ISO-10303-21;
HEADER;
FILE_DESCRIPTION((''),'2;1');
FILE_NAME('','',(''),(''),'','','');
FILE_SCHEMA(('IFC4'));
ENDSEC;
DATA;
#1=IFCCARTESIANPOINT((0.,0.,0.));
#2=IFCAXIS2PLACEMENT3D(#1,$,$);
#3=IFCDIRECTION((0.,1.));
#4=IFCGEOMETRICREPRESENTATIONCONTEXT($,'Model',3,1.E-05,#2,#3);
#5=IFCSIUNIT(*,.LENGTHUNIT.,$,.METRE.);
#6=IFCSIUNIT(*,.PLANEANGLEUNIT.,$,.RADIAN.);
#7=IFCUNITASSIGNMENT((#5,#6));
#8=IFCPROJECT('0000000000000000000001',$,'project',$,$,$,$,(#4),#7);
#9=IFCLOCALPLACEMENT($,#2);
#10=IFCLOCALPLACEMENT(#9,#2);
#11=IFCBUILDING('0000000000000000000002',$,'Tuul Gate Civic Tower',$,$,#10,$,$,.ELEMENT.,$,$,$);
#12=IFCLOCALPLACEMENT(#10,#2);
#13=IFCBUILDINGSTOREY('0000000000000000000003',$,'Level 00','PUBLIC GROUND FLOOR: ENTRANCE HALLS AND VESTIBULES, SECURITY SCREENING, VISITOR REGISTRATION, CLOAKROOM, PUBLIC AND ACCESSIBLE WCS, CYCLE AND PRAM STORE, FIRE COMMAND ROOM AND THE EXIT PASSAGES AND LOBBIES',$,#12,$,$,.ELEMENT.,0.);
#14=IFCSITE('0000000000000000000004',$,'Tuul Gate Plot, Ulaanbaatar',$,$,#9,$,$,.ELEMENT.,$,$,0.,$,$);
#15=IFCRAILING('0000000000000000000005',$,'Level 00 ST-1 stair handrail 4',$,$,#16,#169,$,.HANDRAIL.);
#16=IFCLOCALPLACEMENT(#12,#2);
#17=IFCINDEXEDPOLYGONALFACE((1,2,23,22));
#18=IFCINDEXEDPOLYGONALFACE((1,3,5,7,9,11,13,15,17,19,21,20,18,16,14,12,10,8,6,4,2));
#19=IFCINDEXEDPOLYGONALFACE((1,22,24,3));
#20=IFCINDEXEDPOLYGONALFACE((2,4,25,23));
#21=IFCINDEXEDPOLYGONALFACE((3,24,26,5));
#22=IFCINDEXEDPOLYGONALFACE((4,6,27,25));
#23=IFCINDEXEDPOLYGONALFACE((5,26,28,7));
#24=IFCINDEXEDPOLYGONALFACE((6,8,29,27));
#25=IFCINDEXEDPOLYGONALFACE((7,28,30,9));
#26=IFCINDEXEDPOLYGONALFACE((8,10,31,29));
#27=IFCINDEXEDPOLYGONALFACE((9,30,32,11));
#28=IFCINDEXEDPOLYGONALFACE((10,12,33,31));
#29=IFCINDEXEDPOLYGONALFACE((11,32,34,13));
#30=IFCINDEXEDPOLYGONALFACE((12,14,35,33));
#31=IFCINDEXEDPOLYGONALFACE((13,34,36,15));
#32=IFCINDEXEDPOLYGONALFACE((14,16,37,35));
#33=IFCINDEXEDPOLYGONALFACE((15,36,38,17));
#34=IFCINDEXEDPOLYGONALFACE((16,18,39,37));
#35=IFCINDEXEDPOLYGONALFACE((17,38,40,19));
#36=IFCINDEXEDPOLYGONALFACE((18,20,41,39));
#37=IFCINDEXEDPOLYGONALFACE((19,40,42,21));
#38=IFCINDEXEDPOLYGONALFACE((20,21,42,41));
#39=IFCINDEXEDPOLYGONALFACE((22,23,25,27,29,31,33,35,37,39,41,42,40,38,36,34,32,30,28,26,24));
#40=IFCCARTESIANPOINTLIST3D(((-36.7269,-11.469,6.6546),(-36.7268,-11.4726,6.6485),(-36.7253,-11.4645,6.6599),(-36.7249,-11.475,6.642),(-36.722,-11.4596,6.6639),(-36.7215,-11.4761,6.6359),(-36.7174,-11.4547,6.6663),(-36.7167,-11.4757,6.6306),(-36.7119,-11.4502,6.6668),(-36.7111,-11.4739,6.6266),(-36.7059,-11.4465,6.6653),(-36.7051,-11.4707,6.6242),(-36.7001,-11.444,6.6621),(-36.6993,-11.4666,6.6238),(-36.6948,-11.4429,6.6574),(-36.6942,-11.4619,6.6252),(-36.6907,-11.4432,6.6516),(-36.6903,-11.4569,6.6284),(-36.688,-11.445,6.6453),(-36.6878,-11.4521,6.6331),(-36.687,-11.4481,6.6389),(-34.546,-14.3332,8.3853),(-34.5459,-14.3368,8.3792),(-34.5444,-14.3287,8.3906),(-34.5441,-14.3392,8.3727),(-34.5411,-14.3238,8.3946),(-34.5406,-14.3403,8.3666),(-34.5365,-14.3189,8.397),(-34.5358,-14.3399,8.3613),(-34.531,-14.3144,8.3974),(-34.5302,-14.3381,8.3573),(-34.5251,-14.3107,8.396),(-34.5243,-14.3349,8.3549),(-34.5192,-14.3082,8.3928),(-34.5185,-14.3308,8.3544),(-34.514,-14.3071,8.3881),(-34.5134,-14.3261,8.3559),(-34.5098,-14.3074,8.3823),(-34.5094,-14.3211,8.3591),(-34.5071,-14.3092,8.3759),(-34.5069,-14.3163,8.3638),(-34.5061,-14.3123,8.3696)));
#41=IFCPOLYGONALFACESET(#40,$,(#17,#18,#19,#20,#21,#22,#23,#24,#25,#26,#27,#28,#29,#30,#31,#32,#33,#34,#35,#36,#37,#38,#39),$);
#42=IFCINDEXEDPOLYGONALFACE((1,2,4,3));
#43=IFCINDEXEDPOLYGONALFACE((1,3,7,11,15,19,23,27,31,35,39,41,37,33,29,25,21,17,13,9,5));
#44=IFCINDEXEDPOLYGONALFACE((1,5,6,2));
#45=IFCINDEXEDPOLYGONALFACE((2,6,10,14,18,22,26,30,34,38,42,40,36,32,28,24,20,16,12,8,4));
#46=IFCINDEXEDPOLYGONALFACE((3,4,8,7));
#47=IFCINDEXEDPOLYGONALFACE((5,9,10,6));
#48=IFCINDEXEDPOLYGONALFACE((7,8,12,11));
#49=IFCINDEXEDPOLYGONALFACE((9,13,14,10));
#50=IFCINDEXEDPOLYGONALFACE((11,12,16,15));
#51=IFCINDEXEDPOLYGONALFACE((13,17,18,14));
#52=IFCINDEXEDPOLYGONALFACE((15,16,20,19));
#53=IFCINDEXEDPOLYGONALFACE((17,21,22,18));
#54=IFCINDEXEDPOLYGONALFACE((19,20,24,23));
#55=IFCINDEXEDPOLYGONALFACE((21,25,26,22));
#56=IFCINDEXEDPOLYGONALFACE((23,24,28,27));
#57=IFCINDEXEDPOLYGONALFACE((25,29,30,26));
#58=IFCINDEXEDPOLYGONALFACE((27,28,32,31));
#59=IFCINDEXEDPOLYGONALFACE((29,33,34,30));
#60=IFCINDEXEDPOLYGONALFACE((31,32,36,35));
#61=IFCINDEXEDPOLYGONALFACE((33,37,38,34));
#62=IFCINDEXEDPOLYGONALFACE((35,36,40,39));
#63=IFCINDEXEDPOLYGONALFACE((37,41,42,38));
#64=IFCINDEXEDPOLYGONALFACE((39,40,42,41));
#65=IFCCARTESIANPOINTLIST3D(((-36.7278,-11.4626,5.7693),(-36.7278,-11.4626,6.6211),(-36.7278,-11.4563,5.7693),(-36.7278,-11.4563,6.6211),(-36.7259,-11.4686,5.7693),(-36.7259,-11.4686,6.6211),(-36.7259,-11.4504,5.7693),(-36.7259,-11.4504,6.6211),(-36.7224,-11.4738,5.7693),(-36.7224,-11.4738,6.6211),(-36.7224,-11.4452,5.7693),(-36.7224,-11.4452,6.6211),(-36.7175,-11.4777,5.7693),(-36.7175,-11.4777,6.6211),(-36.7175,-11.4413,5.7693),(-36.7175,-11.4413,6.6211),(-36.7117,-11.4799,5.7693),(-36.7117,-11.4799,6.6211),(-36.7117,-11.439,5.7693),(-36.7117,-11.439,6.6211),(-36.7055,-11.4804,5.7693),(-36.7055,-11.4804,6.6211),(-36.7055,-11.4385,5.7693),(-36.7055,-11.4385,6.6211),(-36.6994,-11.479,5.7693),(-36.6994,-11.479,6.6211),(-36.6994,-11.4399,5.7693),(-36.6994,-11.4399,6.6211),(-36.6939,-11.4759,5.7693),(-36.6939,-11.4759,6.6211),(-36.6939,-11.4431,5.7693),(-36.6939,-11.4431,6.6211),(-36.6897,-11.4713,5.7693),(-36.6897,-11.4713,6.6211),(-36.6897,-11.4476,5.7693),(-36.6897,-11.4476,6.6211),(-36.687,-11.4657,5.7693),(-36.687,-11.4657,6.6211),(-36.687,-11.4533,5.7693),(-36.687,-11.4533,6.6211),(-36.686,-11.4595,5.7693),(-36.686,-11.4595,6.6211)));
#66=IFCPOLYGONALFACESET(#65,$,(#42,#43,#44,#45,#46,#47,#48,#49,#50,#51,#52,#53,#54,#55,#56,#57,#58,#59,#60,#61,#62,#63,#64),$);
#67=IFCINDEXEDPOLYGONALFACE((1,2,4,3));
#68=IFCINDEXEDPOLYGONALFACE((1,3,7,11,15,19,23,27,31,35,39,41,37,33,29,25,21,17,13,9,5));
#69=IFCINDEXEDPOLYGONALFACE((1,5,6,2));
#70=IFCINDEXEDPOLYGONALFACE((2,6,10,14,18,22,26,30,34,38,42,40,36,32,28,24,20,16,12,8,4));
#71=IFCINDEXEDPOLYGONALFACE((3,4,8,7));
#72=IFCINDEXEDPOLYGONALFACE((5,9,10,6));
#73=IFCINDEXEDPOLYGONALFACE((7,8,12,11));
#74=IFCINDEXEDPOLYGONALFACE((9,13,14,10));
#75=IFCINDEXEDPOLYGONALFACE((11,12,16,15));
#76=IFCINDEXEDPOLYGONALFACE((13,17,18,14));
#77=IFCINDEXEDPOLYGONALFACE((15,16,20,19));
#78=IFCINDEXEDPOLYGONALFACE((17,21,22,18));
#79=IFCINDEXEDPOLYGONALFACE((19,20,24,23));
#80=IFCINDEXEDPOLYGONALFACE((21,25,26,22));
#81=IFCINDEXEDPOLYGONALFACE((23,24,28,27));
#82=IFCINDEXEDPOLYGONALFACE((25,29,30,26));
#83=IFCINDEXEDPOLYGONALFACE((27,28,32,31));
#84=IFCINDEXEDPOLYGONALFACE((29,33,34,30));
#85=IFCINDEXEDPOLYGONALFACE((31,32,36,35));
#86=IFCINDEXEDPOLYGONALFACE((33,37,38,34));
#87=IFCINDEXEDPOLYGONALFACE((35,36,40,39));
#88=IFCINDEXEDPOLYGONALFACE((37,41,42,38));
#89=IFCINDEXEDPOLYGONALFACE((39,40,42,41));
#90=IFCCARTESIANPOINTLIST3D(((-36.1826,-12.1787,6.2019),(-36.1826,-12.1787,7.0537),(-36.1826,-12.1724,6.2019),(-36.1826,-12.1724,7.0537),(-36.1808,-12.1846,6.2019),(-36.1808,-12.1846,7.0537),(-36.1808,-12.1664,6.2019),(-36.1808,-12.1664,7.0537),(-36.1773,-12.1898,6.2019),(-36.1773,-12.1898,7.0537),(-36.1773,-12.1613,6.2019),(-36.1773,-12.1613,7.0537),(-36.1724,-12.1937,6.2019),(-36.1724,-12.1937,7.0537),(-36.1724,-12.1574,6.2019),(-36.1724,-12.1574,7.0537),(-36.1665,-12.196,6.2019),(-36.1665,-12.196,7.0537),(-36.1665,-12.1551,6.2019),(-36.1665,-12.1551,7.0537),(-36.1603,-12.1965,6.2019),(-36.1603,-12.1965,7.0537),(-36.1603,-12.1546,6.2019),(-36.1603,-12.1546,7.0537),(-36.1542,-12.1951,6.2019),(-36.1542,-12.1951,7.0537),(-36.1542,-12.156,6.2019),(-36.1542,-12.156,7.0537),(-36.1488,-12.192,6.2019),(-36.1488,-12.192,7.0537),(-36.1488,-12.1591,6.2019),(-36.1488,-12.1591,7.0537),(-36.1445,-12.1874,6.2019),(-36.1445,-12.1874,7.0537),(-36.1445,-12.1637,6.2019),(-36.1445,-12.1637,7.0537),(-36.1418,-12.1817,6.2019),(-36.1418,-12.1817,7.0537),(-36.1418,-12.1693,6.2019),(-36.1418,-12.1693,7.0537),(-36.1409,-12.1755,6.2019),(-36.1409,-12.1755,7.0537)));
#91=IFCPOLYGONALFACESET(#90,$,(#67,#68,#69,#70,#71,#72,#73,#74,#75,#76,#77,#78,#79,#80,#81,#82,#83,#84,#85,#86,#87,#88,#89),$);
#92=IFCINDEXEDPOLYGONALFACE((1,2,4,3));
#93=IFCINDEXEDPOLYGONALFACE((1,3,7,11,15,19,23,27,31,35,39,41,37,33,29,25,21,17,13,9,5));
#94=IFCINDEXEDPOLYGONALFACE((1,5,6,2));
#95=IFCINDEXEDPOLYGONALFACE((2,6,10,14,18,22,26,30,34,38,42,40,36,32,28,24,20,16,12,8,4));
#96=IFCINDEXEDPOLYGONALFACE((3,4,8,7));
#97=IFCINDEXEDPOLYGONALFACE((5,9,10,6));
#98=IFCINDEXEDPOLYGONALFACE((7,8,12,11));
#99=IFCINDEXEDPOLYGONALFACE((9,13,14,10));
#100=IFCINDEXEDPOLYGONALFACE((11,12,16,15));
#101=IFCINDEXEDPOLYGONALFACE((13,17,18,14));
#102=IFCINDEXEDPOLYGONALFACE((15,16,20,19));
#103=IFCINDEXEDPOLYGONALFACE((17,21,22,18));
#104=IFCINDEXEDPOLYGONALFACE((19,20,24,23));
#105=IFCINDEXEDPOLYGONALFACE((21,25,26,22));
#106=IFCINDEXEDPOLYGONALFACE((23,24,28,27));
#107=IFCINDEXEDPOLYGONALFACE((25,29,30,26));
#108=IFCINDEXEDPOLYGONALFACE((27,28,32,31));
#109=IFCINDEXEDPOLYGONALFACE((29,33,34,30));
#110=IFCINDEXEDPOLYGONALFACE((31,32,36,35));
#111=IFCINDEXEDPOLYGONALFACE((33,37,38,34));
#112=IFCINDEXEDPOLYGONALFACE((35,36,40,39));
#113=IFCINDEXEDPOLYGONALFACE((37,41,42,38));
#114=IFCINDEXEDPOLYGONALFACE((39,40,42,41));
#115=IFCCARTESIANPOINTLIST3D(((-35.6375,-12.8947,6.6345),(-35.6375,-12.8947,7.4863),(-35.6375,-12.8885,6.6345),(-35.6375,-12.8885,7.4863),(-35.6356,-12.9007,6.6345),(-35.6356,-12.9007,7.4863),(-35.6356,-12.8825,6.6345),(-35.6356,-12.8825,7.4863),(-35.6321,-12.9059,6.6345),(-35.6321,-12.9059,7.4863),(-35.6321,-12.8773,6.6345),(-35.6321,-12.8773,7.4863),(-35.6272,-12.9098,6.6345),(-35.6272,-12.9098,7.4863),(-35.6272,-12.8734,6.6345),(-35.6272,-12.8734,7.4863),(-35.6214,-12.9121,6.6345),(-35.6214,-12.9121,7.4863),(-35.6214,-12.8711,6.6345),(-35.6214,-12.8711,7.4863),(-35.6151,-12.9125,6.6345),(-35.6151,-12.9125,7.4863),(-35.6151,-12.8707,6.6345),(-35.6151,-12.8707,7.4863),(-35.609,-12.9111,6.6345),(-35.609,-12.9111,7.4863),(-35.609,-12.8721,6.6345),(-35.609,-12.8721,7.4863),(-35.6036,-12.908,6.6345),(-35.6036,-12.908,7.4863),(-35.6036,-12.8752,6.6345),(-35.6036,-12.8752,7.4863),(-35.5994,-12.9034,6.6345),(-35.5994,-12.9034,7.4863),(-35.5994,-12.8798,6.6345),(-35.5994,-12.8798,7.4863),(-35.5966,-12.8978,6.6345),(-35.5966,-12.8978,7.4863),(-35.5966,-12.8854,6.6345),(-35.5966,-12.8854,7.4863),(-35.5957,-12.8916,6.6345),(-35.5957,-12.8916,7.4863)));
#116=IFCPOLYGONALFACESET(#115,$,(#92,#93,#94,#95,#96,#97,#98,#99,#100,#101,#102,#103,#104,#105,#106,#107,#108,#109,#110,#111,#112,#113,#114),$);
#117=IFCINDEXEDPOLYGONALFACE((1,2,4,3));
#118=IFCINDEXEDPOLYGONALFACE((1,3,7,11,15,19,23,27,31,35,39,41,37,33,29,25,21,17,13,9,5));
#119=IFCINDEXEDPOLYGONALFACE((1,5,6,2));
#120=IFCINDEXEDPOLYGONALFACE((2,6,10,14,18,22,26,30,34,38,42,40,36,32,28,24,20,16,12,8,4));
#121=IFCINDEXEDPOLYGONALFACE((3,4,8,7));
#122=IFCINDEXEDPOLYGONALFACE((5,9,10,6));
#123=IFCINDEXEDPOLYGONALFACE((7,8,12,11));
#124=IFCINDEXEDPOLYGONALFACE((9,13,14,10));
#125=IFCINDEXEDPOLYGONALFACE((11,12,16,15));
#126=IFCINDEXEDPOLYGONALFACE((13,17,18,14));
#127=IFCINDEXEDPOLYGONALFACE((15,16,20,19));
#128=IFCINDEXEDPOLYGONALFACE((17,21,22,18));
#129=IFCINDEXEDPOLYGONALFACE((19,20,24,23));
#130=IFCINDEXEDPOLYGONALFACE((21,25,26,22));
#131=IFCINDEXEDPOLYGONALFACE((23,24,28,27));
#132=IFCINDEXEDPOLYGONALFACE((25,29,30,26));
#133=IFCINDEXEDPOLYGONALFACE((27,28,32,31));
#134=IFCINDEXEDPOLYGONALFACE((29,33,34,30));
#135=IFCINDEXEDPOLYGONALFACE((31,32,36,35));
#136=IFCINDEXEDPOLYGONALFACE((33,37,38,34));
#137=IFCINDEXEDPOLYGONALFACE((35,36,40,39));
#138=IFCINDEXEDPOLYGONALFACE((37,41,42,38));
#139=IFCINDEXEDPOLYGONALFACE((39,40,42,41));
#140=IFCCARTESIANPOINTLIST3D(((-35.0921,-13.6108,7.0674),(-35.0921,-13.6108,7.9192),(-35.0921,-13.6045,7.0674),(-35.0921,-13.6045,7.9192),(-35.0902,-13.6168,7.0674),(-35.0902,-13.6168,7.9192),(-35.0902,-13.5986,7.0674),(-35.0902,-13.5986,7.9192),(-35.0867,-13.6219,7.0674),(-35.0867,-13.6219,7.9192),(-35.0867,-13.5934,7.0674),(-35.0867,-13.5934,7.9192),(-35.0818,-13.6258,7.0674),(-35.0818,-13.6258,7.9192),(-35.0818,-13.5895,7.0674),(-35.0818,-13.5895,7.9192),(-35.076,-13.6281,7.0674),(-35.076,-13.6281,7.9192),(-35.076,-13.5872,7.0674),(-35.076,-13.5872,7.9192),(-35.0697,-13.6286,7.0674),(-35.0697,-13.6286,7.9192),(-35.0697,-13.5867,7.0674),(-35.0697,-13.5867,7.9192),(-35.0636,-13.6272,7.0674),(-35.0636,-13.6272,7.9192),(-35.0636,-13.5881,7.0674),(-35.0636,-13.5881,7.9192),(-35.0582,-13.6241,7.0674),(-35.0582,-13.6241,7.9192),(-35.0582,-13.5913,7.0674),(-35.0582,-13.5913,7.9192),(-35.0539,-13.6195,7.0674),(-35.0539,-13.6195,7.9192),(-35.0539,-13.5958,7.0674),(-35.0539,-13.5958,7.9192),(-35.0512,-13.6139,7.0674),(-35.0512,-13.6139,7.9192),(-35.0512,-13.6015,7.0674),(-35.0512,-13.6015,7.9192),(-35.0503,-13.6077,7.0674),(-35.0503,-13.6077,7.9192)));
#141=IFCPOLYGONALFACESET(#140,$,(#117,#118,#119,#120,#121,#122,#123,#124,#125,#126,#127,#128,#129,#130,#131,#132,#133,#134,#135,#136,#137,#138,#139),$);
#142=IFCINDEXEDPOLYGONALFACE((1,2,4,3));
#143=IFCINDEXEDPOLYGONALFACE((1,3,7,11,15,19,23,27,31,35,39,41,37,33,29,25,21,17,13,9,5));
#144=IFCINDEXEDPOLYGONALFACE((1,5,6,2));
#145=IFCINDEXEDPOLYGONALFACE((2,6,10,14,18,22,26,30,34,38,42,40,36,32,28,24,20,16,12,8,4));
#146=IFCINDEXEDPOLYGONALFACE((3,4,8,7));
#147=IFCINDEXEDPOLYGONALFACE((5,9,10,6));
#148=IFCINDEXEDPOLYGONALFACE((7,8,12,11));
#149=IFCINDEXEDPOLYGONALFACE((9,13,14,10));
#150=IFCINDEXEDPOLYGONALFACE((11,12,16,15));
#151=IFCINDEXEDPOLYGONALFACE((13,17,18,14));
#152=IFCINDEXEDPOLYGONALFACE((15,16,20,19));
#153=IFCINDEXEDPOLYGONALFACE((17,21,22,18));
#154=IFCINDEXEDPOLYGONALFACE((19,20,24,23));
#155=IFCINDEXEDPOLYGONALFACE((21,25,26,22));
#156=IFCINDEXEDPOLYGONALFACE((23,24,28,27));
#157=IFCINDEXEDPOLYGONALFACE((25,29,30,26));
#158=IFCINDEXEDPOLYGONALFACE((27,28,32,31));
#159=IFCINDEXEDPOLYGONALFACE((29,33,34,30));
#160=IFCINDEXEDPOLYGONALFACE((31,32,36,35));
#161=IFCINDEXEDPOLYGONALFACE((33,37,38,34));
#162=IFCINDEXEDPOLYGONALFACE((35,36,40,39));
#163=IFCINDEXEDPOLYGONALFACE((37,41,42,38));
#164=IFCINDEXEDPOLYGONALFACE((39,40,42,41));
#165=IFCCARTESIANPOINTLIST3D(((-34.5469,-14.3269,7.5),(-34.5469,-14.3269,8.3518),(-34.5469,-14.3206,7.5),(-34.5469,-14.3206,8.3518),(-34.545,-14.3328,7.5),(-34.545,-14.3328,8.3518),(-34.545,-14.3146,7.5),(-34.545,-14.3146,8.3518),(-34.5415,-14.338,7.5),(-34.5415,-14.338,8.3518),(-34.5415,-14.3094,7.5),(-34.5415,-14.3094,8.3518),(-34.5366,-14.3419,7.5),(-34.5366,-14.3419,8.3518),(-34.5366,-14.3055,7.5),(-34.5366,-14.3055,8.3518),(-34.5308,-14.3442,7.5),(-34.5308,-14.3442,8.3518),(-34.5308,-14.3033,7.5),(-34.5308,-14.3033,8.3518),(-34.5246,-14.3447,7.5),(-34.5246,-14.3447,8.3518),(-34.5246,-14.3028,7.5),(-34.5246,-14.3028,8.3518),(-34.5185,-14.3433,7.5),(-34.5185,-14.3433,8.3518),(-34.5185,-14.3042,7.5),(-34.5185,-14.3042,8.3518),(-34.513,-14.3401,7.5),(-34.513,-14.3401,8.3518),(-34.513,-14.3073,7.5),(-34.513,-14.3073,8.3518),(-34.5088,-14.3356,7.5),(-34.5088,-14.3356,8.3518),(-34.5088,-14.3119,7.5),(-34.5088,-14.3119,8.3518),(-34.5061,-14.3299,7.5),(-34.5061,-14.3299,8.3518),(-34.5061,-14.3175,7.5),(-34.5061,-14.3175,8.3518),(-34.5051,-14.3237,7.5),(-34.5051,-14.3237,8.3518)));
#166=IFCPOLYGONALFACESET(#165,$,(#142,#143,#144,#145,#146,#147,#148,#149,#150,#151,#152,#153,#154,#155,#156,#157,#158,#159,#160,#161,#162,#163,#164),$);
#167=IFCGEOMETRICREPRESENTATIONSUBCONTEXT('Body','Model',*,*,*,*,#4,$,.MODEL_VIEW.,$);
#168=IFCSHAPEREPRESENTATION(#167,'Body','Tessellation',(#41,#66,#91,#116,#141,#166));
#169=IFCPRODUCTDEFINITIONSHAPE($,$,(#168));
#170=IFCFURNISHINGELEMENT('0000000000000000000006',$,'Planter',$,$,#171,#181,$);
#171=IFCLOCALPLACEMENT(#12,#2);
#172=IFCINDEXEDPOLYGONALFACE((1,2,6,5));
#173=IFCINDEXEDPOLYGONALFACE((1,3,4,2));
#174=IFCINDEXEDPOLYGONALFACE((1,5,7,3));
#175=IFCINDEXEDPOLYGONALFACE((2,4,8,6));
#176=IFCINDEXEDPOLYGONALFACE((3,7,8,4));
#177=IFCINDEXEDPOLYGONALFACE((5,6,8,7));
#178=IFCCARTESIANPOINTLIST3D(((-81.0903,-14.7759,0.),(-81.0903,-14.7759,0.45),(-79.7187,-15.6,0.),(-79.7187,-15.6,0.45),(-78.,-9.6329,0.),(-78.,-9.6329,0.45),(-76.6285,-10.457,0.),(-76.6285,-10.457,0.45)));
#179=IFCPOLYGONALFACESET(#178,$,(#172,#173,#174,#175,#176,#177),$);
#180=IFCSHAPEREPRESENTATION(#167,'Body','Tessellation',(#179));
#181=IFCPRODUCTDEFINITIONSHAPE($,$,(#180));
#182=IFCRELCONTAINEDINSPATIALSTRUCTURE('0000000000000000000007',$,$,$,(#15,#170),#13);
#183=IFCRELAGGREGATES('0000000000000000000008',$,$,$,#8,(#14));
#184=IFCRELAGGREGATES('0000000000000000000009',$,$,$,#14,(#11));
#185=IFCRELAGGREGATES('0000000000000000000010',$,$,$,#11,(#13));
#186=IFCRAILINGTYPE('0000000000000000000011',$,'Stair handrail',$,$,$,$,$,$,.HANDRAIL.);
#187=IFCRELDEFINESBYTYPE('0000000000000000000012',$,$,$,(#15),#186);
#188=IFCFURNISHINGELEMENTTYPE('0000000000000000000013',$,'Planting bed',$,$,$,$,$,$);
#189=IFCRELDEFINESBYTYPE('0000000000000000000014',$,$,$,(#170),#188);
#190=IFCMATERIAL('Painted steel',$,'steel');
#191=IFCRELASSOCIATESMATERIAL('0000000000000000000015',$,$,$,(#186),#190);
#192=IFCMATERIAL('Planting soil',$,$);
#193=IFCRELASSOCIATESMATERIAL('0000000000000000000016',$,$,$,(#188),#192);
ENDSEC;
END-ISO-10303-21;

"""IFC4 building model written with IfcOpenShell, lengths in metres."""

from ifc_helpers import new_model, si_unit, direction, frame, origin, origin_2d, place, context, subcontext, project, spatial, rectangle, circle, extrude, material, type_object, element, save


model = new_model("IFC4")

# Units and contexts
model_context = context("Model", 3, precision=1e-05, world=origin(), true_north=direction((0.0, 1.0)))
body_context = subcontext(model_context, "Body", "Model", "MODEL_VIEW")
ifc_project = project(units=[si_unit("LENGTHUNIT", "METRE"), si_unit("PLANEANGLEUNIT", "RADIAN")], contexts=[model_context])

# Site, building, storey
site_placement = place(None, origin())
site = spatial("IfcSite", under=ifc_project, at=site_placement, Name="Tuul Gate Plot, Ulaanbaatar", CompositionType="ELEMENT", RefElevation=0.0)
building_placement = place(site_placement, origin())
building = spatial("IfcBuilding", under=site, at=building_placement, Name="Tuul Gate Civic Tower", CompositionType="ELEMENT")
storey_placement = place(building_placement, origin())
storey = spatial("IfcBuildingStorey", under=building, at=storey_placement, Name="Level 00", Description="PUBLIC GROUND FLOOR: ENTRANCE HALLS AND VESTIBULES, SECURITY SCREENING, VISITOR REGISTRATION, CLOAKROOM, PUBLIC AND ACCESSIBLE WCS, CYCLE AND PRAM STORE, FIRE COMMAND ROOM AND THE EXIT PASSAGES AND LOBBIES", CompositionType="ELEMENT", Elevation=0.0)

# Railing
ifc_material_1 = material(Name="Painted steel", Category="steel")
railing_type = type_object("IfcRailingType", Name="Stair handrail", PredefinedType="HANDRAIL", material=ifc_material_1)
for number, where, name in (
    (1, (-36.707, -11.4595, 5.7693), "Level 00 ST-1 stair handrail 4"),
):
    element("IfcRailing", number, at=place(storey_placement, frame(where)), inside=storey, type_object=railing_type, Name=name, PredefinedType="HANDRAIL", context=body_context, shape_type="SweptSolid", body=[
        extrude(circle(Radius=0.0239, at=origin_2d()), frame((0.0, 0.0, 0.876), z_axis=(0.545983, -0.717058, 0.433278), x_axis=(0.795617, 0.6058, 0.0)), (0.0, 0.0, 1.0), 3.9944),
        extrude(circle(Radius=0.021, at=origin_2d()), origin(), (0.0, 0.0, 1.0), 0.8518),
        extrude(circle(Radius=0.021, at=origin_2d()), frame((0.5452, -0.7161, 0.4326)), (0.0, 0.0, 1.0), 0.8518),
        extrude(circle(Radius=0.021, at=origin_2d()), frame((1.0903, -1.4321, 0.8652)), (0.0, 0.0, 1.0), 0.8518),
        extrude(circle(Radius=0.021, at=origin_2d()), frame((1.6357, -2.1482, 1.2981)), (0.0, 0.0, 1.0), 0.8518),
        extrude(circle(Radius=0.021, at=origin_2d()), frame((2.1809, -2.8643, 1.7307)), (0.0, 0.0, 1.0), 0.8518),
    ])

# Furnishing element
ifc_material_2 = material(Name="Planting soil")
furnishing_element_type = type_object("IfcFurnishingElementType", Name="Planting bed", material=ifc_material_2)
furnishing_placement = place(storey_placement, frame((-78.8594, -12.6165, 0.0), z_axis=(0.0, 0.0, 1.0), x_axis=(-0.515038, -0.857167, 0.0)))
element("IfcFurnishingElement", 2, at=furnishing_placement, inside=storey, type_object=furnishing_element_type, Name="Planter", context=body_context, shape_type="SweptSolid", body=[
    extrude(rectangle(XDim=6.0, YDim=1.6001, at=origin_2d()), origin(), (0.0, 0.0, 1.0), 0.45),
])

save(model, "model.ifc")
